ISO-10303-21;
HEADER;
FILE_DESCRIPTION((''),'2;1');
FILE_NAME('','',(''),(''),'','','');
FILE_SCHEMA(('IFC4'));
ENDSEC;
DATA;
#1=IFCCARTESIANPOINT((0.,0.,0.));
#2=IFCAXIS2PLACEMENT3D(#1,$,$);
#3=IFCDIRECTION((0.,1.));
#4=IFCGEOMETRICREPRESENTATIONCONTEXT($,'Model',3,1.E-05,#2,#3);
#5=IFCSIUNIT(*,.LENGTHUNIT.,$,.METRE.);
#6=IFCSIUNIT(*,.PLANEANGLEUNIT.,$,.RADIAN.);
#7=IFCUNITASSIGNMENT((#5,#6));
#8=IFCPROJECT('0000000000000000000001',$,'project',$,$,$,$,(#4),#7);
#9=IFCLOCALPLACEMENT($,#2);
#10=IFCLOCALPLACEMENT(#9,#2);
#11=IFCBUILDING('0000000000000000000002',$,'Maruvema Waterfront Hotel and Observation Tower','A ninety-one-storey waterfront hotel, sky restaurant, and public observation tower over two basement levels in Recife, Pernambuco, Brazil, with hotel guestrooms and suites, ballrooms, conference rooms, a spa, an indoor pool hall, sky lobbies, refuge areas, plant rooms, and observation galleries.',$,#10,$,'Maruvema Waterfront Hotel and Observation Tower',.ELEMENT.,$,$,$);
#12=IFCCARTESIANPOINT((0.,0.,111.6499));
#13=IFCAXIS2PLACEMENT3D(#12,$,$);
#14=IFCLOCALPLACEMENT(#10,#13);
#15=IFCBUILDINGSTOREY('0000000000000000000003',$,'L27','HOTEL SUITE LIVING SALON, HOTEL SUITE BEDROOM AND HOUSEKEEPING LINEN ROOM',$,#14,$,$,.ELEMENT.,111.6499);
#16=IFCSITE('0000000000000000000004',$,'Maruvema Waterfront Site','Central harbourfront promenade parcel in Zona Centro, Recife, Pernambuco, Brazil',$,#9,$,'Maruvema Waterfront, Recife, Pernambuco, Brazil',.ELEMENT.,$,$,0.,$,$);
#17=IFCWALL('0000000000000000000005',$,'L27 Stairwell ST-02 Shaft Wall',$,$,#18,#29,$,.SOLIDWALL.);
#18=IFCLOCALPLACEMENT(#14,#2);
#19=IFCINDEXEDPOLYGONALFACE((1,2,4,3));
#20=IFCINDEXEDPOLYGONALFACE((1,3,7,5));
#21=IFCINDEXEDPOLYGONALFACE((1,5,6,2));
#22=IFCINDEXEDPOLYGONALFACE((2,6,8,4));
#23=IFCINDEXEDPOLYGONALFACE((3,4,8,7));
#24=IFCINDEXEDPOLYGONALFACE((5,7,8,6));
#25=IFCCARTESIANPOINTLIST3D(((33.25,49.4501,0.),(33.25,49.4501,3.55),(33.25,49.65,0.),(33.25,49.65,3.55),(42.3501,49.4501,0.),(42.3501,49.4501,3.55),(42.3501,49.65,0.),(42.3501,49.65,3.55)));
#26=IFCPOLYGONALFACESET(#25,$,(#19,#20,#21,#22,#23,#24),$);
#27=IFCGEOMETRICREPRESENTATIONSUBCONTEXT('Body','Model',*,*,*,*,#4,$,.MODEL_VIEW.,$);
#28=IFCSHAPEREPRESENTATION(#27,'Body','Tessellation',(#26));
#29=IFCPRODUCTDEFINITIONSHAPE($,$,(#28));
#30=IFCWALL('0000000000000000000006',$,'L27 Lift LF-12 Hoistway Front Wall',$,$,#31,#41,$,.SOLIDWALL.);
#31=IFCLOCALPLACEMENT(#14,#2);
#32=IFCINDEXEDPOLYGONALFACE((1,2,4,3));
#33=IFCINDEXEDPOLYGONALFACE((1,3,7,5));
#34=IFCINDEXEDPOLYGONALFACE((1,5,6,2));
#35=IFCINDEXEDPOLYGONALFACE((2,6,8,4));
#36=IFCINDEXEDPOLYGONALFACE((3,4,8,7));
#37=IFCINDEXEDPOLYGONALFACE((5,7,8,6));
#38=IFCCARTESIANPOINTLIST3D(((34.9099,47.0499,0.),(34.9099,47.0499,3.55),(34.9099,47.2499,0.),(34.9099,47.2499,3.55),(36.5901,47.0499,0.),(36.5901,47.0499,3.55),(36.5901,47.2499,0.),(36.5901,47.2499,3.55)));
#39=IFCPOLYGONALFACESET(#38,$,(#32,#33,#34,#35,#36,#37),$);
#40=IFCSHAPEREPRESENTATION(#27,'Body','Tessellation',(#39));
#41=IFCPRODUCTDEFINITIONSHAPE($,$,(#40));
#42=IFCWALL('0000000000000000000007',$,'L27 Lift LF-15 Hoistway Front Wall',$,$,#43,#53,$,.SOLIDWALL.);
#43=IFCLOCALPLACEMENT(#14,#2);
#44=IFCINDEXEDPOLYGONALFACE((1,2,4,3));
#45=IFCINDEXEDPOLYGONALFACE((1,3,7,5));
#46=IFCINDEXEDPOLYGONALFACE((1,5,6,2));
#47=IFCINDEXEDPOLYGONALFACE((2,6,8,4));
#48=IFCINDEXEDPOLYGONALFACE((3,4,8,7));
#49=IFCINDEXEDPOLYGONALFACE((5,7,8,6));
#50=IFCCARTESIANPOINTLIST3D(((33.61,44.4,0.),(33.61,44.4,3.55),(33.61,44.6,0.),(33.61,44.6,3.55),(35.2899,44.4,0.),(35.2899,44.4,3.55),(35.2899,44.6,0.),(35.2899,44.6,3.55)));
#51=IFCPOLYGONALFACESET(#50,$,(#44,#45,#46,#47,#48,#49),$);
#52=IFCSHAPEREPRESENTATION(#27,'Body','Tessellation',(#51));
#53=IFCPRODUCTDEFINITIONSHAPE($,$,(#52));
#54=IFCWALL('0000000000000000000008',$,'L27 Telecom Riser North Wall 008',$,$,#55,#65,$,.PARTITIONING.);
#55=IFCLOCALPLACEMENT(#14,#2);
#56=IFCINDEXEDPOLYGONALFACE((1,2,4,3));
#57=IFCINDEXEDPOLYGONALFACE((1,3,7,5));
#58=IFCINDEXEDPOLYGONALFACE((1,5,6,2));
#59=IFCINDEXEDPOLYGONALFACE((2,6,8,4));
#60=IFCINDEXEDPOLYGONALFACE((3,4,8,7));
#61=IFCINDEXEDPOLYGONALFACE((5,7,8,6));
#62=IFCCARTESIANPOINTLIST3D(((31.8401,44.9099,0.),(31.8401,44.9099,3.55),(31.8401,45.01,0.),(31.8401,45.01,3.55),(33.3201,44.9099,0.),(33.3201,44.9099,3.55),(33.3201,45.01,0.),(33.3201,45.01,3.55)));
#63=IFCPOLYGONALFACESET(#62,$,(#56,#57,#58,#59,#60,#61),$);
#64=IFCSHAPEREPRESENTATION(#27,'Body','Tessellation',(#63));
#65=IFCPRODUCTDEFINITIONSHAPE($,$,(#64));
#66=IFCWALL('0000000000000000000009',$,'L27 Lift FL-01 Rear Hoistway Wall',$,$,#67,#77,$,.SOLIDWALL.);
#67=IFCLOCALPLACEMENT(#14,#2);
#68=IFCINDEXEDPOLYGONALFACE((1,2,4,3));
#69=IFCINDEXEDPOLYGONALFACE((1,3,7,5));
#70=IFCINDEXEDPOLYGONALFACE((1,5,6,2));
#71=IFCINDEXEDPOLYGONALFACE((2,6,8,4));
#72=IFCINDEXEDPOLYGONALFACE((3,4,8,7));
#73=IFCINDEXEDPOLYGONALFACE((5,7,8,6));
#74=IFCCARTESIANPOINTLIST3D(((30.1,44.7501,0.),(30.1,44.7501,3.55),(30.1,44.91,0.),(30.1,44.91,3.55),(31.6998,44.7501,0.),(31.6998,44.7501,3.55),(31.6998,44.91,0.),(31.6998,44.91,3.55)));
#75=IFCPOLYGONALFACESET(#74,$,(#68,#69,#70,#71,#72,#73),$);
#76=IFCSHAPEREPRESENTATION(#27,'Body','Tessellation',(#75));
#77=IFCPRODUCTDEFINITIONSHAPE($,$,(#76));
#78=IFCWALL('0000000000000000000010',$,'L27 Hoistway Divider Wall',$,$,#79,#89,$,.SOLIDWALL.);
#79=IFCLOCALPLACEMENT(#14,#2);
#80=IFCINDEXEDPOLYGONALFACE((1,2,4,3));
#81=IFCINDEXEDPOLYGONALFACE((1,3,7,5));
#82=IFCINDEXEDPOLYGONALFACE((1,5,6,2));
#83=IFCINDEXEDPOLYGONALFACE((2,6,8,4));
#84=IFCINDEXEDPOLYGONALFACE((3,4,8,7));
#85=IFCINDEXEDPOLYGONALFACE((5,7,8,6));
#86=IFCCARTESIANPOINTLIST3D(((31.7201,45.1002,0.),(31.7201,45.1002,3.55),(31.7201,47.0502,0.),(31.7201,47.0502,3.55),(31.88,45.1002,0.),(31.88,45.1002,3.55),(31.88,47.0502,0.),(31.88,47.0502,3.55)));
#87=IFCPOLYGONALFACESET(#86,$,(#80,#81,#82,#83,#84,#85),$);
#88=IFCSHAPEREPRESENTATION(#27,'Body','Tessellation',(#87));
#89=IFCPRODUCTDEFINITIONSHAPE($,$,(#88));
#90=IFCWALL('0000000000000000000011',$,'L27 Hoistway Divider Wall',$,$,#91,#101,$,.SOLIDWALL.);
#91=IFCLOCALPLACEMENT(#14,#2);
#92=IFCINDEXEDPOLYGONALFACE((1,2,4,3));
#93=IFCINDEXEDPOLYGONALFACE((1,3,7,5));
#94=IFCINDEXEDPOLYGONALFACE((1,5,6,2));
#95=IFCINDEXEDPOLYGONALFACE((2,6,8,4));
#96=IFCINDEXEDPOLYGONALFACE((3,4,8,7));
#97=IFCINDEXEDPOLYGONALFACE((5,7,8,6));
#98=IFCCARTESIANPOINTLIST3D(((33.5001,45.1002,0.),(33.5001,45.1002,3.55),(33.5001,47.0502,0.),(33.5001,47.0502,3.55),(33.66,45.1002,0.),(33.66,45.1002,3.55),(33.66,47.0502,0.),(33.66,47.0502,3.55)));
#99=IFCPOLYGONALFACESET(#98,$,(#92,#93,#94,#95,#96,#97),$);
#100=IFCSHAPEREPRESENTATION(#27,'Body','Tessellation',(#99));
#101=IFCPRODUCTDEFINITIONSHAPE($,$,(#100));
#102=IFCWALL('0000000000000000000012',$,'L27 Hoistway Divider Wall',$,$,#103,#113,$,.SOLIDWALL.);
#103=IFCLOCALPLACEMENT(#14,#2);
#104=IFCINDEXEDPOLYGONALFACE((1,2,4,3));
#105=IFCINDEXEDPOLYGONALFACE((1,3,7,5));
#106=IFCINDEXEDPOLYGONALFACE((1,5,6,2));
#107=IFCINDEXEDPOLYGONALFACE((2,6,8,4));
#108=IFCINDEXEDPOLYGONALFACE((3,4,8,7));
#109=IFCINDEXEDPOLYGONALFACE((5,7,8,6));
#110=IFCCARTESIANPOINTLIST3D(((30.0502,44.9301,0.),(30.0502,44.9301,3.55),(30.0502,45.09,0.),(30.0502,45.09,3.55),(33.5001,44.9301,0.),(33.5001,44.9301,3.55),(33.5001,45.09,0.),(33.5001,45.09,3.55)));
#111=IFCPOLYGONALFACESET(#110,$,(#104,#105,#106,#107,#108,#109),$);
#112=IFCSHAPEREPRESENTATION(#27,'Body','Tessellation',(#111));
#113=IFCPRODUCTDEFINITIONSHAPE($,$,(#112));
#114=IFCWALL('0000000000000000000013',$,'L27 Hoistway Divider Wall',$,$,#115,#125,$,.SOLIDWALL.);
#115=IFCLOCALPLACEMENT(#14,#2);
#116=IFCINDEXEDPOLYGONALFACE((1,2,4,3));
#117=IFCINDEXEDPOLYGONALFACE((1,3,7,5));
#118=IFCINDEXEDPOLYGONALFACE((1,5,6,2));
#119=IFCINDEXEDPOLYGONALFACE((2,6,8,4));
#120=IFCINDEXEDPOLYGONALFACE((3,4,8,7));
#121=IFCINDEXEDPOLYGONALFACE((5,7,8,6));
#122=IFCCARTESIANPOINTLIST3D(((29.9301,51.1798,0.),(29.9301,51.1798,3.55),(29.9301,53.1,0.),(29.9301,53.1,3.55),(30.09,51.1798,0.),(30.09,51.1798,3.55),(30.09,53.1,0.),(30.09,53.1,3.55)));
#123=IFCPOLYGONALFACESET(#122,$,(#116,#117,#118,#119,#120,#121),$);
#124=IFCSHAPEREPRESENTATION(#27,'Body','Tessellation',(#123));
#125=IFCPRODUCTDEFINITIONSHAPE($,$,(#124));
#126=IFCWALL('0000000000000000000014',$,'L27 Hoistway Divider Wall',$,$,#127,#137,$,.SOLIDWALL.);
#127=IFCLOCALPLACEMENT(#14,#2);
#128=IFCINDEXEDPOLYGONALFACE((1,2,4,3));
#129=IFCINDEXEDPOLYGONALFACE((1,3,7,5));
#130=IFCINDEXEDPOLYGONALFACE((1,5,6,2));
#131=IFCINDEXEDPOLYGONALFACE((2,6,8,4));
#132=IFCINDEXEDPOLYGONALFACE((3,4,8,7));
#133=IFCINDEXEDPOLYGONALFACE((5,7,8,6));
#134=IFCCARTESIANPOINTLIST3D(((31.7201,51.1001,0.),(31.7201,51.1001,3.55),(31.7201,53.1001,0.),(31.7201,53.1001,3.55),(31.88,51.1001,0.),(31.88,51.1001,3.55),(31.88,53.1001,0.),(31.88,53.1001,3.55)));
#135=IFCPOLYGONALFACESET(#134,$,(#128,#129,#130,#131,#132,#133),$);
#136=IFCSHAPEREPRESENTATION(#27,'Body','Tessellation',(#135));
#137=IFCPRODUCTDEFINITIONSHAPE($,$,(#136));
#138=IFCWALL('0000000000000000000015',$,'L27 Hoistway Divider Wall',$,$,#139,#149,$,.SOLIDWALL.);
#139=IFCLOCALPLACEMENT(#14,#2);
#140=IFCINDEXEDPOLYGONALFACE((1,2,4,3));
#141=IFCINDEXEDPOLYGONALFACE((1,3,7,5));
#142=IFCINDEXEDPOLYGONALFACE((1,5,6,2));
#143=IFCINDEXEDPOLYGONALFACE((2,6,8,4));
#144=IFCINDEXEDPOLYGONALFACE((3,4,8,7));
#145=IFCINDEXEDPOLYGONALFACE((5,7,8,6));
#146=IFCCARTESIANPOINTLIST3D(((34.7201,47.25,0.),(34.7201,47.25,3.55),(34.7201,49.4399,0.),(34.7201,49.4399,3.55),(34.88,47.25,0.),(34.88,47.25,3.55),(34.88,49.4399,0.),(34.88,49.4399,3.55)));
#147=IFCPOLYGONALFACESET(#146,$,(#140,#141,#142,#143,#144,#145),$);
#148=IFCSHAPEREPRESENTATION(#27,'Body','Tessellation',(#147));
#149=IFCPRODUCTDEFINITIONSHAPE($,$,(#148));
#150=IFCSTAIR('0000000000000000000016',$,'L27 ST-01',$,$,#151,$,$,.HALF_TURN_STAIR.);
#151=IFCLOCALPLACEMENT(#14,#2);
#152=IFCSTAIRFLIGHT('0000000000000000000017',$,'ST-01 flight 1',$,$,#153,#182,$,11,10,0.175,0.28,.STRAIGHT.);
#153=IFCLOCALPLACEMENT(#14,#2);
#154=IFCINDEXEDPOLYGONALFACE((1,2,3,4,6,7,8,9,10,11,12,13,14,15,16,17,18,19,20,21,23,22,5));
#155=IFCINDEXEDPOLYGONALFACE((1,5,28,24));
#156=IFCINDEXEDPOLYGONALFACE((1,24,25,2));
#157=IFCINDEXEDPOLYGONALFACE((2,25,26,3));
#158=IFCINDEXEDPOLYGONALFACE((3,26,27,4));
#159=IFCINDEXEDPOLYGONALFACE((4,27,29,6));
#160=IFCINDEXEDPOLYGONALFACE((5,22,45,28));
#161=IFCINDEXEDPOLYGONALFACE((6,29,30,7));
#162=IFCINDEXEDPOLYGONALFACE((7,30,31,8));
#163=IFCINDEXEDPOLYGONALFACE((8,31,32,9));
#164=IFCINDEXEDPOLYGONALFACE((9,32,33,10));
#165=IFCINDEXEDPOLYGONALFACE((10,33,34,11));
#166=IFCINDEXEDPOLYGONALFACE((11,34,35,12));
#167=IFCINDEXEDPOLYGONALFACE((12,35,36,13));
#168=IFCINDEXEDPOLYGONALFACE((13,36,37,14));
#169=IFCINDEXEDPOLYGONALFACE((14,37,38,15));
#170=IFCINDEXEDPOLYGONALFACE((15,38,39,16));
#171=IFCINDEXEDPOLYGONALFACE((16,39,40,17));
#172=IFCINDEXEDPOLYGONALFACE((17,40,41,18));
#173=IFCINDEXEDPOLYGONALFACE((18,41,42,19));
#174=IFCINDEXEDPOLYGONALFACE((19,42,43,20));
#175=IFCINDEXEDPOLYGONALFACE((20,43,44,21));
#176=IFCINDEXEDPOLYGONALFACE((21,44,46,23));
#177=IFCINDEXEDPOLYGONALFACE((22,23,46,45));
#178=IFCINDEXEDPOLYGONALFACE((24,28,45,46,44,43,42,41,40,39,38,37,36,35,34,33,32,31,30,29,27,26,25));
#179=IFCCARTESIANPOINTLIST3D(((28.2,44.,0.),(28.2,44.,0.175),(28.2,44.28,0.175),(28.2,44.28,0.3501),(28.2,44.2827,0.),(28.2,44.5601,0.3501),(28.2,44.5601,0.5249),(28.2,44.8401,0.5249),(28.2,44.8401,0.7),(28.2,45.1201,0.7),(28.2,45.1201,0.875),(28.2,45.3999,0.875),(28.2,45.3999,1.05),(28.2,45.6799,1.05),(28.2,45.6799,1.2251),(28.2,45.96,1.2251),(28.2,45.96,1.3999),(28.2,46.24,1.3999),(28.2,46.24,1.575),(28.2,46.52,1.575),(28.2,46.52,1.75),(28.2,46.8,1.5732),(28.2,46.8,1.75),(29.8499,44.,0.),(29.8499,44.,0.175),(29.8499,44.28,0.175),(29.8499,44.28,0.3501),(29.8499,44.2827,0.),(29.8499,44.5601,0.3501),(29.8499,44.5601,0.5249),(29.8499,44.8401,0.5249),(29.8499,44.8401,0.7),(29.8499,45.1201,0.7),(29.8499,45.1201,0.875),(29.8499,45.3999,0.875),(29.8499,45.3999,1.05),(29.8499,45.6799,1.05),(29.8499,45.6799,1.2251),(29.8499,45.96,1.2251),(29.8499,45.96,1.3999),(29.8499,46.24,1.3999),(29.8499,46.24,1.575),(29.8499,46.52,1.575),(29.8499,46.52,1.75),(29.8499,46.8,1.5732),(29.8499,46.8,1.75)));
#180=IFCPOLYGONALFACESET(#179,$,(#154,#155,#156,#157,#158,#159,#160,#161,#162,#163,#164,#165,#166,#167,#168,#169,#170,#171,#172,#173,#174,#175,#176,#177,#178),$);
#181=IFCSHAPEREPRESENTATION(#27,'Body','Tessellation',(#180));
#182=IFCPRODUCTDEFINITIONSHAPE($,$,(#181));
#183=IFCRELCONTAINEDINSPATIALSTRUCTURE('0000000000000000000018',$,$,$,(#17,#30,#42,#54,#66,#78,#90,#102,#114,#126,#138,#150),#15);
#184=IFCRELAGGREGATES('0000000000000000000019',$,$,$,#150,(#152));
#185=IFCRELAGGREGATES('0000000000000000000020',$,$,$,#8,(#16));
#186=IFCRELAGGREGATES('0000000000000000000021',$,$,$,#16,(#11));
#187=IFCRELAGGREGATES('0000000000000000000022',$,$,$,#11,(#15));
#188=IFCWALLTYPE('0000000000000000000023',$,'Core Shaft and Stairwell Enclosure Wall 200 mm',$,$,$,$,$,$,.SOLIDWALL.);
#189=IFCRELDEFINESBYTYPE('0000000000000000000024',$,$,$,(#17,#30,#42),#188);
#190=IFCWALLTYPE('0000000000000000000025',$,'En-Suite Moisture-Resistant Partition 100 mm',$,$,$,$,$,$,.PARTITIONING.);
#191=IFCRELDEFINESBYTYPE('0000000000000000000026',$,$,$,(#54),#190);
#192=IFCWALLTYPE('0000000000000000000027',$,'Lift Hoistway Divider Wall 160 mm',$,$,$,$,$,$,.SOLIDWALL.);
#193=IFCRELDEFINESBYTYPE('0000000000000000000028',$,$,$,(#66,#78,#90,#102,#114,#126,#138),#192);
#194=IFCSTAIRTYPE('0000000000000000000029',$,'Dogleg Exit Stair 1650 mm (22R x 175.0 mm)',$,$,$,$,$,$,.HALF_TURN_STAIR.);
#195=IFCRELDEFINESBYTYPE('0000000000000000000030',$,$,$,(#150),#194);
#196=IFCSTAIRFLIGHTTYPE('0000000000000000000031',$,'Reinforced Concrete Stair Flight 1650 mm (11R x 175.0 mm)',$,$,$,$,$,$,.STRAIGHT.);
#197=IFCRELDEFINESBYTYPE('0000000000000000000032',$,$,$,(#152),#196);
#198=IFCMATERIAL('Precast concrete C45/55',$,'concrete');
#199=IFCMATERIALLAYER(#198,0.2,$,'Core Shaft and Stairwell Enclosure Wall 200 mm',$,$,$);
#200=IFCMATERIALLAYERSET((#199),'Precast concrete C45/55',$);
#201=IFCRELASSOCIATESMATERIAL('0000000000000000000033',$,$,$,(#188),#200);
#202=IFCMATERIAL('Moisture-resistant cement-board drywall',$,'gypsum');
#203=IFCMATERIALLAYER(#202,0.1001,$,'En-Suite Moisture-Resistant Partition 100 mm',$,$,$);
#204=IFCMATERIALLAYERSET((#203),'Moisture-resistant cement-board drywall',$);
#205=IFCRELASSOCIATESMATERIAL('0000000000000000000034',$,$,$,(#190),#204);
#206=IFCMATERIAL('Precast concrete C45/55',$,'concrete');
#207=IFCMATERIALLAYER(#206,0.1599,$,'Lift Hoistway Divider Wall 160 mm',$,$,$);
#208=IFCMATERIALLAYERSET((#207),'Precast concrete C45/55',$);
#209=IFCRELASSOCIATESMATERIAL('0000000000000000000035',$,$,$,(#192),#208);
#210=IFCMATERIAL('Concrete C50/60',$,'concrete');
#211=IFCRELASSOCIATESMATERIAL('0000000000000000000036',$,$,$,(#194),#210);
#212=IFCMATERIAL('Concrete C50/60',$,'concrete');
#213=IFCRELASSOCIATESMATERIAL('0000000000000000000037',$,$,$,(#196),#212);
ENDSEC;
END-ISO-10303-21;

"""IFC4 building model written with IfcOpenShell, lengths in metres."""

from ifc_helpers import new_model, si_unit, direction, frame, frame_2d, origin, place, context, subcontext, project, spatial, polyline, rectangle, outline, extrude, material, layer, layer_set, type_object, element, aggregate, save


model = new_model("IFC4")

# Units and contexts
model_context = context("Model", 3, precision=1e-05, world=origin(), true_north=direction((0.0, 1.0)))
body_context = subcontext(model_context, "Body", "Model", "MODEL_VIEW")
ifc_project = project(units=[si_unit("LENGTHUNIT", "METRE"), si_unit("PLANEANGLEUNIT", "RADIAN")], contexts=[model_context])

# Site, building, storey
site_placement = place(None, origin())
site = spatial("IfcSite", under=ifc_project, at=site_placement, Name="Maruvema Waterfront Site", Description="Central harbourfront promenade parcel in Zona Centro, Recife, Pernambuco, Brazil", LongName="Maruvema Waterfront, Recife, Pernambuco, Brazil", CompositionType="ELEMENT", RefElevation=0.0)
building_placement = place(site_placement, origin())
building = spatial("IfcBuilding", under=site, at=building_placement, Name="Maruvema Waterfront Hotel and Observation Tower", Description="A ninety-one-storey waterfront hotel, sky restaurant, and public observation tower over two basement levels in Recife, Pernambuco, Brazil, with hotel guestrooms and suites, ballrooms, conference rooms, a spa, an indoor pool hall, sky lobbies, refuge areas, plant rooms, and observation galleries.", LongName="Maruvema Waterfront Hotel and Observation Tower", CompositionType="ELEMENT")
storey_placement = place(building_placement, frame((0.0, 0.0, 111.6499)))
storey = spatial("IfcBuildingStorey", under=building, at=storey_placement, Name="L27", Description="HOTEL SUITE LIVING SALON, HOTEL SUITE BEDROOM AND HOUSEKEEPING LINEN ROOM", CompositionType="ELEMENT", Elevation=111.6499)

# Wall
ifc_material_1 = material(Name="Precast concrete C45/55", Category="concrete")
ifc_layer_1 = layer(ifc_material_1, 0.2, Name="Core Shaft and Stairwell Enclosure Wall 200 mm")
ifc_layer_set_1 = layer_set([ifc_layer_1], Name="Precast concrete C45/55")
wall_type_1 = type_object("IfcWallType", Name="Core Shaft and Stairwell Enclosure Wall 200 mm", PredefinedType="SOLIDWALL", material=ifc_layer_set_1)
wall_1_placement = place(storey_placement, frame((33.25, 49.55, 0.0), z_axis=(0.0, 0.0, 1.0), x_axis=(1.0, 0.0, 0.0)))
element("IfcWall", 1, at=wall_1_placement, inside=storey, type_object=wall_type_1, Name="L27 Stairwell ST-02 Shaft Wall", PredefinedType="SOLIDWALL", context=body_context, shape_type="SweptSolid", body=[
    extrude(rectangle(XDim=9.1001, YDim=0.2, at=frame_2d((4.55, 0.0))), origin(), (0.0, 0.0, 1.0), 3.55),
])

# Walls
wall_2_placement = place(storey_placement, frame((34.9099, 47.1499, 0.0), z_axis=(0.0, 0.0, 1.0), x_axis=(1.0, 0.0, 0.0)))
element("IfcWall", 2, at=wall_2_placement, inside=storey, type_object=wall_type_1, Name="L27 Lift LF-12 Hoistway Front Wall", PredefinedType="SOLIDWALL", context=body_context, shape_type="SweptSolid", body=[
    extrude(rectangle(XDim=1.6802, YDim=0.2, at=frame_2d((0.8401, 0.0))), origin(), (0.0, 0.0, 1.0), 3.55),
])
wall_3_placement = place(storey_placement, frame((33.6101, 44.5, 0.0), z_axis=(0.0, 0.0, 1.0), x_axis=(1.0, 0.0, 0.0)))
element("IfcWall", 3, at=wall_3_placement, inside=storey, type_object=wall_type_1, Name="L27 Lift LF-15 Hoistway Front Wall", PredefinedType="SOLIDWALL", context=body_context, shape_type="SweptSolid", body=[
    extrude(rectangle(XDim=1.6799, YDim=0.2, at=frame_2d((0.8398, 0.0))), origin(), (0.0, 0.0, 1.0), 3.55),
])
ifc_material_2 = material(Name="Moisture-resistant cement-board drywall", Category="gypsum")
ifc_layer_2 = layer(ifc_material_2, 0.1001, Name="En-Suite Moisture-Resistant Partition 100 mm")
ifc_layer_set_2 = layer_set([ifc_layer_2], Name="Moisture-resistant cement-board drywall")
wall_type_2 = type_object("IfcWallType", Name="En-Suite Moisture-Resistant Partition 100 mm", PredefinedType="PARTITIONING", material=ifc_layer_set_2)
wall_4_placement = place(storey_placement, frame((31.8401, 44.96, 0.0), z_axis=(0.0, 0.0, 1.0), x_axis=(1.0, 0.0, 0.0)))
element("IfcWall", 4, at=wall_4_placement, inside=storey, type_object=wall_type_2, Name="L27 Telecom Riser North Wall 008", PredefinedType="PARTITIONING", context=body_context, shape_type="SweptSolid", body=[
    extrude(rectangle(XDim=1.48, YDim=0.1001, at=frame_2d((0.74, 0.0))), origin(), (0.0, 0.0, 1.0), 3.55),
])
ifc_material_3 = material(Name="Precast concrete C45/55", Category="concrete")
ifc_layer_3 = layer(ifc_material_3, 0.1599, Name="Lift Hoistway Divider Wall 160 mm")
ifc_layer_set_3 = layer_set([ifc_layer_3], Name="Precast concrete C45/55")
wall_type_3 = type_object("IfcWallType", Name="Lift Hoistway Divider Wall 160 mm", PredefinedType="SOLIDWALL", material=ifc_layer_set_3)
wall_5_placement = place(storey_placement, frame((30.1001, 44.8301, 0.0), z_axis=(0.0, 0.0, 1.0), x_axis=(1.0, 0.0, 0.0)))
element("IfcWall", 5, at=wall_5_placement, inside=storey, type_object=wall_type_3, Name="L27 Lift FL-01 Rear Hoistway Wall", PredefinedType="SOLIDWALL", context=body_context, shape_type="SweptSolid", body=[
    extrude(rectangle(XDim=1.5999, YDim=0.1599, at=frame_2d((0.7998, 0.0))), origin(), (0.0, 0.0, 1.0), 3.55),
])
for number, where, z_axis, x_axis, name in (
    (6, (31.8, 45.1001, 0.0), (0.0, 0.0, 1.0), (0.0, 1.0, 0.0), "L27 Hoistway Divider Wall"),
    (7, (33.5801, 45.1001, 0.0), (0.0, 0.0, 1.0), (0.0, 1.0, 0.0), "L27 Hoistway Divider Wall"),
):
    element("IfcWall", number, at=place(storey_placement, frame(where, z_axis=z_axis, x_axis=x_axis)), inside=storey, type_object=wall_type_3, Name=name, PredefinedType="SOLIDWALL", context=body_context, shape_type="SweptSolid", body=[
        extrude(rectangle(XDim=1.95, YDim=0.1599, at=frame_2d((0.9751, 0.0))), origin(), (0.0, 0.0, 1.0), 3.55),
    ])
wall_6_placement = place(storey_placement, frame((30.05, 45.01, 0.0), z_axis=(0.0, 0.0, 1.0), x_axis=(1.0, 0.0, 0.0)))
element("IfcWall", 8, at=wall_6_placement, inside=storey, type_object=wall_type_3, Name="L27 Hoistway Divider Wall", PredefinedType="SOLIDWALL", context=body_context, shape_type="SweptSolid", body=[
    extrude(rectangle(XDim=3.45, YDim=0.1599, at=frame_2d((1.7251, 0.0))), origin(), (0.0, 0.0, 1.0), 3.55),
])
wall_7_placement = place(storey_placement, frame((30.01, 51.1799, 0.0), z_axis=(0.0, 0.0, 1.0), x_axis=(0.0, 1.0, 0.0)))
element("IfcWall", 9, at=wall_7_placement, inside=storey, type_object=wall_type_3, Name="L27 Hoistway Divider Wall", PredefinedType="SOLIDWALL", context=body_context, shape_type="SweptSolid", body=[
    extrude(rectangle(XDim=1.9202, YDim=0.1599, at=frame_2d((0.96, 0.0))), origin(), (0.0, 0.0, 1.0), 3.55),
])
wall_8_placement = place(storey_placement, frame((31.8, 51.1001, 0.0), z_axis=(0.0, 0.0, 1.0), x_axis=(0.0, 1.0, 0.0)))
element("IfcWall", 10, at=wall_8_placement, inside=storey, type_object=wall_type_3, Name="L27 Hoistway Divider Wall", PredefinedType="SOLIDWALL", context=body_context, shape_type="SweptSolid", body=[
    extrude(rectangle(XDim=2.0, YDim=0.1599, at=frame_2d((1.0, 0.0))), origin(), (0.0, 0.0, 1.0), 3.55),
])
wall_9_placement = place(storey_placement, frame((34.8, 47.25, 0.0), z_axis=(0.0, 0.0, 1.0), x_axis=(0.0, 1.0, 0.0)))
element("IfcWall", 11, at=wall_9_placement, inside=storey, type_object=wall_type_3, Name="L27 Hoistway Divider Wall", PredefinedType="SOLIDWALL", context=body_context, shape_type="SweptSolid", body=[
    extrude(rectangle(XDim=2.1899, YDim=0.1599, at=frame_2d((1.095, 0.0))), origin(), (0.0, 0.0, 1.0), 3.55),
])

# Stair, stair flight
ifc_material_4 = material(Name="Concrete C50/60", Category="concrete")
stair_type = type_object("IfcStairType", Name="Dogleg Exit Stair 1650 mm (22R x 175.0 mm)", PredefinedType="HALF_TURN_STAIR", material=ifc_material_4)
stair_1_placement = place(storey_placement, origin())
stair_1 = element("IfcStair", 12, at=stair_1_placement, inside=storey, type_object=stair_type, Name="L27 ST-01", PredefinedType="HALF_TURN_STAIR")
ifc_material_5 = material(Name="Concrete C50/60", Category="concrete")
stair_flight_type = type_object("IfcStairFlightType", Name="Reinforced Concrete Stair Flight 1650 mm (11R x 175.0 mm)", PredefinedType="STRAIGHT", material=ifc_material_5)
stair_flight_1_placement = place(storey_placement, frame((29.0249, 44.0, 0.0), z_axis=(0.0, 0.0, 1.0), x_axis=(0.0, 1.0, 0.0)))
stair_flight_1 = element("IfcStairFlight", 13, at=stair_flight_1_placement, type_object=stair_flight_type, Name="ST-01 flight 1", NumberOfRisers=11, NumberOfTreads=10, PredefinedType="STRAIGHT", RiserHeight=0.175, TreadLength=0.28, context=body_context, shape_type="SweptSolid", body=[
    extrude(outline(polyline([(0.0, 0.0), (0.0, 0.175), (0.28, 0.175), (0.28, 0.3501), (0.5601, 0.3501), (0.5601, 0.5249), (0.8401, 0.5249), (0.8401, 0.7), (1.1201, 0.7), (1.1201, 0.875), (1.3999, 0.875), (1.3999, 1.05), (1.6799, 1.05), (1.6799, 1.2251), (1.96, 1.2251), (1.96, 1.3999), (2.24, 1.3999), (2.24, 1.575), (2.52, 1.575), (2.52, 1.75), (2.8, 1.75), (2.8, 1.925), (2.8, 1.5732), (0.2827, 0.0), (0.0, 0.0)])), frame((0.0, 0.825, 0.0), z_axis=(0.0, -1.0, 0.0), x_axis=(1.0, 0.0, 0.0)), (0.0, 0.0, 1.0), 1.6499),
])
aggregate(stair_1, [stair_flight_1])

save(model, "model.ifc")
